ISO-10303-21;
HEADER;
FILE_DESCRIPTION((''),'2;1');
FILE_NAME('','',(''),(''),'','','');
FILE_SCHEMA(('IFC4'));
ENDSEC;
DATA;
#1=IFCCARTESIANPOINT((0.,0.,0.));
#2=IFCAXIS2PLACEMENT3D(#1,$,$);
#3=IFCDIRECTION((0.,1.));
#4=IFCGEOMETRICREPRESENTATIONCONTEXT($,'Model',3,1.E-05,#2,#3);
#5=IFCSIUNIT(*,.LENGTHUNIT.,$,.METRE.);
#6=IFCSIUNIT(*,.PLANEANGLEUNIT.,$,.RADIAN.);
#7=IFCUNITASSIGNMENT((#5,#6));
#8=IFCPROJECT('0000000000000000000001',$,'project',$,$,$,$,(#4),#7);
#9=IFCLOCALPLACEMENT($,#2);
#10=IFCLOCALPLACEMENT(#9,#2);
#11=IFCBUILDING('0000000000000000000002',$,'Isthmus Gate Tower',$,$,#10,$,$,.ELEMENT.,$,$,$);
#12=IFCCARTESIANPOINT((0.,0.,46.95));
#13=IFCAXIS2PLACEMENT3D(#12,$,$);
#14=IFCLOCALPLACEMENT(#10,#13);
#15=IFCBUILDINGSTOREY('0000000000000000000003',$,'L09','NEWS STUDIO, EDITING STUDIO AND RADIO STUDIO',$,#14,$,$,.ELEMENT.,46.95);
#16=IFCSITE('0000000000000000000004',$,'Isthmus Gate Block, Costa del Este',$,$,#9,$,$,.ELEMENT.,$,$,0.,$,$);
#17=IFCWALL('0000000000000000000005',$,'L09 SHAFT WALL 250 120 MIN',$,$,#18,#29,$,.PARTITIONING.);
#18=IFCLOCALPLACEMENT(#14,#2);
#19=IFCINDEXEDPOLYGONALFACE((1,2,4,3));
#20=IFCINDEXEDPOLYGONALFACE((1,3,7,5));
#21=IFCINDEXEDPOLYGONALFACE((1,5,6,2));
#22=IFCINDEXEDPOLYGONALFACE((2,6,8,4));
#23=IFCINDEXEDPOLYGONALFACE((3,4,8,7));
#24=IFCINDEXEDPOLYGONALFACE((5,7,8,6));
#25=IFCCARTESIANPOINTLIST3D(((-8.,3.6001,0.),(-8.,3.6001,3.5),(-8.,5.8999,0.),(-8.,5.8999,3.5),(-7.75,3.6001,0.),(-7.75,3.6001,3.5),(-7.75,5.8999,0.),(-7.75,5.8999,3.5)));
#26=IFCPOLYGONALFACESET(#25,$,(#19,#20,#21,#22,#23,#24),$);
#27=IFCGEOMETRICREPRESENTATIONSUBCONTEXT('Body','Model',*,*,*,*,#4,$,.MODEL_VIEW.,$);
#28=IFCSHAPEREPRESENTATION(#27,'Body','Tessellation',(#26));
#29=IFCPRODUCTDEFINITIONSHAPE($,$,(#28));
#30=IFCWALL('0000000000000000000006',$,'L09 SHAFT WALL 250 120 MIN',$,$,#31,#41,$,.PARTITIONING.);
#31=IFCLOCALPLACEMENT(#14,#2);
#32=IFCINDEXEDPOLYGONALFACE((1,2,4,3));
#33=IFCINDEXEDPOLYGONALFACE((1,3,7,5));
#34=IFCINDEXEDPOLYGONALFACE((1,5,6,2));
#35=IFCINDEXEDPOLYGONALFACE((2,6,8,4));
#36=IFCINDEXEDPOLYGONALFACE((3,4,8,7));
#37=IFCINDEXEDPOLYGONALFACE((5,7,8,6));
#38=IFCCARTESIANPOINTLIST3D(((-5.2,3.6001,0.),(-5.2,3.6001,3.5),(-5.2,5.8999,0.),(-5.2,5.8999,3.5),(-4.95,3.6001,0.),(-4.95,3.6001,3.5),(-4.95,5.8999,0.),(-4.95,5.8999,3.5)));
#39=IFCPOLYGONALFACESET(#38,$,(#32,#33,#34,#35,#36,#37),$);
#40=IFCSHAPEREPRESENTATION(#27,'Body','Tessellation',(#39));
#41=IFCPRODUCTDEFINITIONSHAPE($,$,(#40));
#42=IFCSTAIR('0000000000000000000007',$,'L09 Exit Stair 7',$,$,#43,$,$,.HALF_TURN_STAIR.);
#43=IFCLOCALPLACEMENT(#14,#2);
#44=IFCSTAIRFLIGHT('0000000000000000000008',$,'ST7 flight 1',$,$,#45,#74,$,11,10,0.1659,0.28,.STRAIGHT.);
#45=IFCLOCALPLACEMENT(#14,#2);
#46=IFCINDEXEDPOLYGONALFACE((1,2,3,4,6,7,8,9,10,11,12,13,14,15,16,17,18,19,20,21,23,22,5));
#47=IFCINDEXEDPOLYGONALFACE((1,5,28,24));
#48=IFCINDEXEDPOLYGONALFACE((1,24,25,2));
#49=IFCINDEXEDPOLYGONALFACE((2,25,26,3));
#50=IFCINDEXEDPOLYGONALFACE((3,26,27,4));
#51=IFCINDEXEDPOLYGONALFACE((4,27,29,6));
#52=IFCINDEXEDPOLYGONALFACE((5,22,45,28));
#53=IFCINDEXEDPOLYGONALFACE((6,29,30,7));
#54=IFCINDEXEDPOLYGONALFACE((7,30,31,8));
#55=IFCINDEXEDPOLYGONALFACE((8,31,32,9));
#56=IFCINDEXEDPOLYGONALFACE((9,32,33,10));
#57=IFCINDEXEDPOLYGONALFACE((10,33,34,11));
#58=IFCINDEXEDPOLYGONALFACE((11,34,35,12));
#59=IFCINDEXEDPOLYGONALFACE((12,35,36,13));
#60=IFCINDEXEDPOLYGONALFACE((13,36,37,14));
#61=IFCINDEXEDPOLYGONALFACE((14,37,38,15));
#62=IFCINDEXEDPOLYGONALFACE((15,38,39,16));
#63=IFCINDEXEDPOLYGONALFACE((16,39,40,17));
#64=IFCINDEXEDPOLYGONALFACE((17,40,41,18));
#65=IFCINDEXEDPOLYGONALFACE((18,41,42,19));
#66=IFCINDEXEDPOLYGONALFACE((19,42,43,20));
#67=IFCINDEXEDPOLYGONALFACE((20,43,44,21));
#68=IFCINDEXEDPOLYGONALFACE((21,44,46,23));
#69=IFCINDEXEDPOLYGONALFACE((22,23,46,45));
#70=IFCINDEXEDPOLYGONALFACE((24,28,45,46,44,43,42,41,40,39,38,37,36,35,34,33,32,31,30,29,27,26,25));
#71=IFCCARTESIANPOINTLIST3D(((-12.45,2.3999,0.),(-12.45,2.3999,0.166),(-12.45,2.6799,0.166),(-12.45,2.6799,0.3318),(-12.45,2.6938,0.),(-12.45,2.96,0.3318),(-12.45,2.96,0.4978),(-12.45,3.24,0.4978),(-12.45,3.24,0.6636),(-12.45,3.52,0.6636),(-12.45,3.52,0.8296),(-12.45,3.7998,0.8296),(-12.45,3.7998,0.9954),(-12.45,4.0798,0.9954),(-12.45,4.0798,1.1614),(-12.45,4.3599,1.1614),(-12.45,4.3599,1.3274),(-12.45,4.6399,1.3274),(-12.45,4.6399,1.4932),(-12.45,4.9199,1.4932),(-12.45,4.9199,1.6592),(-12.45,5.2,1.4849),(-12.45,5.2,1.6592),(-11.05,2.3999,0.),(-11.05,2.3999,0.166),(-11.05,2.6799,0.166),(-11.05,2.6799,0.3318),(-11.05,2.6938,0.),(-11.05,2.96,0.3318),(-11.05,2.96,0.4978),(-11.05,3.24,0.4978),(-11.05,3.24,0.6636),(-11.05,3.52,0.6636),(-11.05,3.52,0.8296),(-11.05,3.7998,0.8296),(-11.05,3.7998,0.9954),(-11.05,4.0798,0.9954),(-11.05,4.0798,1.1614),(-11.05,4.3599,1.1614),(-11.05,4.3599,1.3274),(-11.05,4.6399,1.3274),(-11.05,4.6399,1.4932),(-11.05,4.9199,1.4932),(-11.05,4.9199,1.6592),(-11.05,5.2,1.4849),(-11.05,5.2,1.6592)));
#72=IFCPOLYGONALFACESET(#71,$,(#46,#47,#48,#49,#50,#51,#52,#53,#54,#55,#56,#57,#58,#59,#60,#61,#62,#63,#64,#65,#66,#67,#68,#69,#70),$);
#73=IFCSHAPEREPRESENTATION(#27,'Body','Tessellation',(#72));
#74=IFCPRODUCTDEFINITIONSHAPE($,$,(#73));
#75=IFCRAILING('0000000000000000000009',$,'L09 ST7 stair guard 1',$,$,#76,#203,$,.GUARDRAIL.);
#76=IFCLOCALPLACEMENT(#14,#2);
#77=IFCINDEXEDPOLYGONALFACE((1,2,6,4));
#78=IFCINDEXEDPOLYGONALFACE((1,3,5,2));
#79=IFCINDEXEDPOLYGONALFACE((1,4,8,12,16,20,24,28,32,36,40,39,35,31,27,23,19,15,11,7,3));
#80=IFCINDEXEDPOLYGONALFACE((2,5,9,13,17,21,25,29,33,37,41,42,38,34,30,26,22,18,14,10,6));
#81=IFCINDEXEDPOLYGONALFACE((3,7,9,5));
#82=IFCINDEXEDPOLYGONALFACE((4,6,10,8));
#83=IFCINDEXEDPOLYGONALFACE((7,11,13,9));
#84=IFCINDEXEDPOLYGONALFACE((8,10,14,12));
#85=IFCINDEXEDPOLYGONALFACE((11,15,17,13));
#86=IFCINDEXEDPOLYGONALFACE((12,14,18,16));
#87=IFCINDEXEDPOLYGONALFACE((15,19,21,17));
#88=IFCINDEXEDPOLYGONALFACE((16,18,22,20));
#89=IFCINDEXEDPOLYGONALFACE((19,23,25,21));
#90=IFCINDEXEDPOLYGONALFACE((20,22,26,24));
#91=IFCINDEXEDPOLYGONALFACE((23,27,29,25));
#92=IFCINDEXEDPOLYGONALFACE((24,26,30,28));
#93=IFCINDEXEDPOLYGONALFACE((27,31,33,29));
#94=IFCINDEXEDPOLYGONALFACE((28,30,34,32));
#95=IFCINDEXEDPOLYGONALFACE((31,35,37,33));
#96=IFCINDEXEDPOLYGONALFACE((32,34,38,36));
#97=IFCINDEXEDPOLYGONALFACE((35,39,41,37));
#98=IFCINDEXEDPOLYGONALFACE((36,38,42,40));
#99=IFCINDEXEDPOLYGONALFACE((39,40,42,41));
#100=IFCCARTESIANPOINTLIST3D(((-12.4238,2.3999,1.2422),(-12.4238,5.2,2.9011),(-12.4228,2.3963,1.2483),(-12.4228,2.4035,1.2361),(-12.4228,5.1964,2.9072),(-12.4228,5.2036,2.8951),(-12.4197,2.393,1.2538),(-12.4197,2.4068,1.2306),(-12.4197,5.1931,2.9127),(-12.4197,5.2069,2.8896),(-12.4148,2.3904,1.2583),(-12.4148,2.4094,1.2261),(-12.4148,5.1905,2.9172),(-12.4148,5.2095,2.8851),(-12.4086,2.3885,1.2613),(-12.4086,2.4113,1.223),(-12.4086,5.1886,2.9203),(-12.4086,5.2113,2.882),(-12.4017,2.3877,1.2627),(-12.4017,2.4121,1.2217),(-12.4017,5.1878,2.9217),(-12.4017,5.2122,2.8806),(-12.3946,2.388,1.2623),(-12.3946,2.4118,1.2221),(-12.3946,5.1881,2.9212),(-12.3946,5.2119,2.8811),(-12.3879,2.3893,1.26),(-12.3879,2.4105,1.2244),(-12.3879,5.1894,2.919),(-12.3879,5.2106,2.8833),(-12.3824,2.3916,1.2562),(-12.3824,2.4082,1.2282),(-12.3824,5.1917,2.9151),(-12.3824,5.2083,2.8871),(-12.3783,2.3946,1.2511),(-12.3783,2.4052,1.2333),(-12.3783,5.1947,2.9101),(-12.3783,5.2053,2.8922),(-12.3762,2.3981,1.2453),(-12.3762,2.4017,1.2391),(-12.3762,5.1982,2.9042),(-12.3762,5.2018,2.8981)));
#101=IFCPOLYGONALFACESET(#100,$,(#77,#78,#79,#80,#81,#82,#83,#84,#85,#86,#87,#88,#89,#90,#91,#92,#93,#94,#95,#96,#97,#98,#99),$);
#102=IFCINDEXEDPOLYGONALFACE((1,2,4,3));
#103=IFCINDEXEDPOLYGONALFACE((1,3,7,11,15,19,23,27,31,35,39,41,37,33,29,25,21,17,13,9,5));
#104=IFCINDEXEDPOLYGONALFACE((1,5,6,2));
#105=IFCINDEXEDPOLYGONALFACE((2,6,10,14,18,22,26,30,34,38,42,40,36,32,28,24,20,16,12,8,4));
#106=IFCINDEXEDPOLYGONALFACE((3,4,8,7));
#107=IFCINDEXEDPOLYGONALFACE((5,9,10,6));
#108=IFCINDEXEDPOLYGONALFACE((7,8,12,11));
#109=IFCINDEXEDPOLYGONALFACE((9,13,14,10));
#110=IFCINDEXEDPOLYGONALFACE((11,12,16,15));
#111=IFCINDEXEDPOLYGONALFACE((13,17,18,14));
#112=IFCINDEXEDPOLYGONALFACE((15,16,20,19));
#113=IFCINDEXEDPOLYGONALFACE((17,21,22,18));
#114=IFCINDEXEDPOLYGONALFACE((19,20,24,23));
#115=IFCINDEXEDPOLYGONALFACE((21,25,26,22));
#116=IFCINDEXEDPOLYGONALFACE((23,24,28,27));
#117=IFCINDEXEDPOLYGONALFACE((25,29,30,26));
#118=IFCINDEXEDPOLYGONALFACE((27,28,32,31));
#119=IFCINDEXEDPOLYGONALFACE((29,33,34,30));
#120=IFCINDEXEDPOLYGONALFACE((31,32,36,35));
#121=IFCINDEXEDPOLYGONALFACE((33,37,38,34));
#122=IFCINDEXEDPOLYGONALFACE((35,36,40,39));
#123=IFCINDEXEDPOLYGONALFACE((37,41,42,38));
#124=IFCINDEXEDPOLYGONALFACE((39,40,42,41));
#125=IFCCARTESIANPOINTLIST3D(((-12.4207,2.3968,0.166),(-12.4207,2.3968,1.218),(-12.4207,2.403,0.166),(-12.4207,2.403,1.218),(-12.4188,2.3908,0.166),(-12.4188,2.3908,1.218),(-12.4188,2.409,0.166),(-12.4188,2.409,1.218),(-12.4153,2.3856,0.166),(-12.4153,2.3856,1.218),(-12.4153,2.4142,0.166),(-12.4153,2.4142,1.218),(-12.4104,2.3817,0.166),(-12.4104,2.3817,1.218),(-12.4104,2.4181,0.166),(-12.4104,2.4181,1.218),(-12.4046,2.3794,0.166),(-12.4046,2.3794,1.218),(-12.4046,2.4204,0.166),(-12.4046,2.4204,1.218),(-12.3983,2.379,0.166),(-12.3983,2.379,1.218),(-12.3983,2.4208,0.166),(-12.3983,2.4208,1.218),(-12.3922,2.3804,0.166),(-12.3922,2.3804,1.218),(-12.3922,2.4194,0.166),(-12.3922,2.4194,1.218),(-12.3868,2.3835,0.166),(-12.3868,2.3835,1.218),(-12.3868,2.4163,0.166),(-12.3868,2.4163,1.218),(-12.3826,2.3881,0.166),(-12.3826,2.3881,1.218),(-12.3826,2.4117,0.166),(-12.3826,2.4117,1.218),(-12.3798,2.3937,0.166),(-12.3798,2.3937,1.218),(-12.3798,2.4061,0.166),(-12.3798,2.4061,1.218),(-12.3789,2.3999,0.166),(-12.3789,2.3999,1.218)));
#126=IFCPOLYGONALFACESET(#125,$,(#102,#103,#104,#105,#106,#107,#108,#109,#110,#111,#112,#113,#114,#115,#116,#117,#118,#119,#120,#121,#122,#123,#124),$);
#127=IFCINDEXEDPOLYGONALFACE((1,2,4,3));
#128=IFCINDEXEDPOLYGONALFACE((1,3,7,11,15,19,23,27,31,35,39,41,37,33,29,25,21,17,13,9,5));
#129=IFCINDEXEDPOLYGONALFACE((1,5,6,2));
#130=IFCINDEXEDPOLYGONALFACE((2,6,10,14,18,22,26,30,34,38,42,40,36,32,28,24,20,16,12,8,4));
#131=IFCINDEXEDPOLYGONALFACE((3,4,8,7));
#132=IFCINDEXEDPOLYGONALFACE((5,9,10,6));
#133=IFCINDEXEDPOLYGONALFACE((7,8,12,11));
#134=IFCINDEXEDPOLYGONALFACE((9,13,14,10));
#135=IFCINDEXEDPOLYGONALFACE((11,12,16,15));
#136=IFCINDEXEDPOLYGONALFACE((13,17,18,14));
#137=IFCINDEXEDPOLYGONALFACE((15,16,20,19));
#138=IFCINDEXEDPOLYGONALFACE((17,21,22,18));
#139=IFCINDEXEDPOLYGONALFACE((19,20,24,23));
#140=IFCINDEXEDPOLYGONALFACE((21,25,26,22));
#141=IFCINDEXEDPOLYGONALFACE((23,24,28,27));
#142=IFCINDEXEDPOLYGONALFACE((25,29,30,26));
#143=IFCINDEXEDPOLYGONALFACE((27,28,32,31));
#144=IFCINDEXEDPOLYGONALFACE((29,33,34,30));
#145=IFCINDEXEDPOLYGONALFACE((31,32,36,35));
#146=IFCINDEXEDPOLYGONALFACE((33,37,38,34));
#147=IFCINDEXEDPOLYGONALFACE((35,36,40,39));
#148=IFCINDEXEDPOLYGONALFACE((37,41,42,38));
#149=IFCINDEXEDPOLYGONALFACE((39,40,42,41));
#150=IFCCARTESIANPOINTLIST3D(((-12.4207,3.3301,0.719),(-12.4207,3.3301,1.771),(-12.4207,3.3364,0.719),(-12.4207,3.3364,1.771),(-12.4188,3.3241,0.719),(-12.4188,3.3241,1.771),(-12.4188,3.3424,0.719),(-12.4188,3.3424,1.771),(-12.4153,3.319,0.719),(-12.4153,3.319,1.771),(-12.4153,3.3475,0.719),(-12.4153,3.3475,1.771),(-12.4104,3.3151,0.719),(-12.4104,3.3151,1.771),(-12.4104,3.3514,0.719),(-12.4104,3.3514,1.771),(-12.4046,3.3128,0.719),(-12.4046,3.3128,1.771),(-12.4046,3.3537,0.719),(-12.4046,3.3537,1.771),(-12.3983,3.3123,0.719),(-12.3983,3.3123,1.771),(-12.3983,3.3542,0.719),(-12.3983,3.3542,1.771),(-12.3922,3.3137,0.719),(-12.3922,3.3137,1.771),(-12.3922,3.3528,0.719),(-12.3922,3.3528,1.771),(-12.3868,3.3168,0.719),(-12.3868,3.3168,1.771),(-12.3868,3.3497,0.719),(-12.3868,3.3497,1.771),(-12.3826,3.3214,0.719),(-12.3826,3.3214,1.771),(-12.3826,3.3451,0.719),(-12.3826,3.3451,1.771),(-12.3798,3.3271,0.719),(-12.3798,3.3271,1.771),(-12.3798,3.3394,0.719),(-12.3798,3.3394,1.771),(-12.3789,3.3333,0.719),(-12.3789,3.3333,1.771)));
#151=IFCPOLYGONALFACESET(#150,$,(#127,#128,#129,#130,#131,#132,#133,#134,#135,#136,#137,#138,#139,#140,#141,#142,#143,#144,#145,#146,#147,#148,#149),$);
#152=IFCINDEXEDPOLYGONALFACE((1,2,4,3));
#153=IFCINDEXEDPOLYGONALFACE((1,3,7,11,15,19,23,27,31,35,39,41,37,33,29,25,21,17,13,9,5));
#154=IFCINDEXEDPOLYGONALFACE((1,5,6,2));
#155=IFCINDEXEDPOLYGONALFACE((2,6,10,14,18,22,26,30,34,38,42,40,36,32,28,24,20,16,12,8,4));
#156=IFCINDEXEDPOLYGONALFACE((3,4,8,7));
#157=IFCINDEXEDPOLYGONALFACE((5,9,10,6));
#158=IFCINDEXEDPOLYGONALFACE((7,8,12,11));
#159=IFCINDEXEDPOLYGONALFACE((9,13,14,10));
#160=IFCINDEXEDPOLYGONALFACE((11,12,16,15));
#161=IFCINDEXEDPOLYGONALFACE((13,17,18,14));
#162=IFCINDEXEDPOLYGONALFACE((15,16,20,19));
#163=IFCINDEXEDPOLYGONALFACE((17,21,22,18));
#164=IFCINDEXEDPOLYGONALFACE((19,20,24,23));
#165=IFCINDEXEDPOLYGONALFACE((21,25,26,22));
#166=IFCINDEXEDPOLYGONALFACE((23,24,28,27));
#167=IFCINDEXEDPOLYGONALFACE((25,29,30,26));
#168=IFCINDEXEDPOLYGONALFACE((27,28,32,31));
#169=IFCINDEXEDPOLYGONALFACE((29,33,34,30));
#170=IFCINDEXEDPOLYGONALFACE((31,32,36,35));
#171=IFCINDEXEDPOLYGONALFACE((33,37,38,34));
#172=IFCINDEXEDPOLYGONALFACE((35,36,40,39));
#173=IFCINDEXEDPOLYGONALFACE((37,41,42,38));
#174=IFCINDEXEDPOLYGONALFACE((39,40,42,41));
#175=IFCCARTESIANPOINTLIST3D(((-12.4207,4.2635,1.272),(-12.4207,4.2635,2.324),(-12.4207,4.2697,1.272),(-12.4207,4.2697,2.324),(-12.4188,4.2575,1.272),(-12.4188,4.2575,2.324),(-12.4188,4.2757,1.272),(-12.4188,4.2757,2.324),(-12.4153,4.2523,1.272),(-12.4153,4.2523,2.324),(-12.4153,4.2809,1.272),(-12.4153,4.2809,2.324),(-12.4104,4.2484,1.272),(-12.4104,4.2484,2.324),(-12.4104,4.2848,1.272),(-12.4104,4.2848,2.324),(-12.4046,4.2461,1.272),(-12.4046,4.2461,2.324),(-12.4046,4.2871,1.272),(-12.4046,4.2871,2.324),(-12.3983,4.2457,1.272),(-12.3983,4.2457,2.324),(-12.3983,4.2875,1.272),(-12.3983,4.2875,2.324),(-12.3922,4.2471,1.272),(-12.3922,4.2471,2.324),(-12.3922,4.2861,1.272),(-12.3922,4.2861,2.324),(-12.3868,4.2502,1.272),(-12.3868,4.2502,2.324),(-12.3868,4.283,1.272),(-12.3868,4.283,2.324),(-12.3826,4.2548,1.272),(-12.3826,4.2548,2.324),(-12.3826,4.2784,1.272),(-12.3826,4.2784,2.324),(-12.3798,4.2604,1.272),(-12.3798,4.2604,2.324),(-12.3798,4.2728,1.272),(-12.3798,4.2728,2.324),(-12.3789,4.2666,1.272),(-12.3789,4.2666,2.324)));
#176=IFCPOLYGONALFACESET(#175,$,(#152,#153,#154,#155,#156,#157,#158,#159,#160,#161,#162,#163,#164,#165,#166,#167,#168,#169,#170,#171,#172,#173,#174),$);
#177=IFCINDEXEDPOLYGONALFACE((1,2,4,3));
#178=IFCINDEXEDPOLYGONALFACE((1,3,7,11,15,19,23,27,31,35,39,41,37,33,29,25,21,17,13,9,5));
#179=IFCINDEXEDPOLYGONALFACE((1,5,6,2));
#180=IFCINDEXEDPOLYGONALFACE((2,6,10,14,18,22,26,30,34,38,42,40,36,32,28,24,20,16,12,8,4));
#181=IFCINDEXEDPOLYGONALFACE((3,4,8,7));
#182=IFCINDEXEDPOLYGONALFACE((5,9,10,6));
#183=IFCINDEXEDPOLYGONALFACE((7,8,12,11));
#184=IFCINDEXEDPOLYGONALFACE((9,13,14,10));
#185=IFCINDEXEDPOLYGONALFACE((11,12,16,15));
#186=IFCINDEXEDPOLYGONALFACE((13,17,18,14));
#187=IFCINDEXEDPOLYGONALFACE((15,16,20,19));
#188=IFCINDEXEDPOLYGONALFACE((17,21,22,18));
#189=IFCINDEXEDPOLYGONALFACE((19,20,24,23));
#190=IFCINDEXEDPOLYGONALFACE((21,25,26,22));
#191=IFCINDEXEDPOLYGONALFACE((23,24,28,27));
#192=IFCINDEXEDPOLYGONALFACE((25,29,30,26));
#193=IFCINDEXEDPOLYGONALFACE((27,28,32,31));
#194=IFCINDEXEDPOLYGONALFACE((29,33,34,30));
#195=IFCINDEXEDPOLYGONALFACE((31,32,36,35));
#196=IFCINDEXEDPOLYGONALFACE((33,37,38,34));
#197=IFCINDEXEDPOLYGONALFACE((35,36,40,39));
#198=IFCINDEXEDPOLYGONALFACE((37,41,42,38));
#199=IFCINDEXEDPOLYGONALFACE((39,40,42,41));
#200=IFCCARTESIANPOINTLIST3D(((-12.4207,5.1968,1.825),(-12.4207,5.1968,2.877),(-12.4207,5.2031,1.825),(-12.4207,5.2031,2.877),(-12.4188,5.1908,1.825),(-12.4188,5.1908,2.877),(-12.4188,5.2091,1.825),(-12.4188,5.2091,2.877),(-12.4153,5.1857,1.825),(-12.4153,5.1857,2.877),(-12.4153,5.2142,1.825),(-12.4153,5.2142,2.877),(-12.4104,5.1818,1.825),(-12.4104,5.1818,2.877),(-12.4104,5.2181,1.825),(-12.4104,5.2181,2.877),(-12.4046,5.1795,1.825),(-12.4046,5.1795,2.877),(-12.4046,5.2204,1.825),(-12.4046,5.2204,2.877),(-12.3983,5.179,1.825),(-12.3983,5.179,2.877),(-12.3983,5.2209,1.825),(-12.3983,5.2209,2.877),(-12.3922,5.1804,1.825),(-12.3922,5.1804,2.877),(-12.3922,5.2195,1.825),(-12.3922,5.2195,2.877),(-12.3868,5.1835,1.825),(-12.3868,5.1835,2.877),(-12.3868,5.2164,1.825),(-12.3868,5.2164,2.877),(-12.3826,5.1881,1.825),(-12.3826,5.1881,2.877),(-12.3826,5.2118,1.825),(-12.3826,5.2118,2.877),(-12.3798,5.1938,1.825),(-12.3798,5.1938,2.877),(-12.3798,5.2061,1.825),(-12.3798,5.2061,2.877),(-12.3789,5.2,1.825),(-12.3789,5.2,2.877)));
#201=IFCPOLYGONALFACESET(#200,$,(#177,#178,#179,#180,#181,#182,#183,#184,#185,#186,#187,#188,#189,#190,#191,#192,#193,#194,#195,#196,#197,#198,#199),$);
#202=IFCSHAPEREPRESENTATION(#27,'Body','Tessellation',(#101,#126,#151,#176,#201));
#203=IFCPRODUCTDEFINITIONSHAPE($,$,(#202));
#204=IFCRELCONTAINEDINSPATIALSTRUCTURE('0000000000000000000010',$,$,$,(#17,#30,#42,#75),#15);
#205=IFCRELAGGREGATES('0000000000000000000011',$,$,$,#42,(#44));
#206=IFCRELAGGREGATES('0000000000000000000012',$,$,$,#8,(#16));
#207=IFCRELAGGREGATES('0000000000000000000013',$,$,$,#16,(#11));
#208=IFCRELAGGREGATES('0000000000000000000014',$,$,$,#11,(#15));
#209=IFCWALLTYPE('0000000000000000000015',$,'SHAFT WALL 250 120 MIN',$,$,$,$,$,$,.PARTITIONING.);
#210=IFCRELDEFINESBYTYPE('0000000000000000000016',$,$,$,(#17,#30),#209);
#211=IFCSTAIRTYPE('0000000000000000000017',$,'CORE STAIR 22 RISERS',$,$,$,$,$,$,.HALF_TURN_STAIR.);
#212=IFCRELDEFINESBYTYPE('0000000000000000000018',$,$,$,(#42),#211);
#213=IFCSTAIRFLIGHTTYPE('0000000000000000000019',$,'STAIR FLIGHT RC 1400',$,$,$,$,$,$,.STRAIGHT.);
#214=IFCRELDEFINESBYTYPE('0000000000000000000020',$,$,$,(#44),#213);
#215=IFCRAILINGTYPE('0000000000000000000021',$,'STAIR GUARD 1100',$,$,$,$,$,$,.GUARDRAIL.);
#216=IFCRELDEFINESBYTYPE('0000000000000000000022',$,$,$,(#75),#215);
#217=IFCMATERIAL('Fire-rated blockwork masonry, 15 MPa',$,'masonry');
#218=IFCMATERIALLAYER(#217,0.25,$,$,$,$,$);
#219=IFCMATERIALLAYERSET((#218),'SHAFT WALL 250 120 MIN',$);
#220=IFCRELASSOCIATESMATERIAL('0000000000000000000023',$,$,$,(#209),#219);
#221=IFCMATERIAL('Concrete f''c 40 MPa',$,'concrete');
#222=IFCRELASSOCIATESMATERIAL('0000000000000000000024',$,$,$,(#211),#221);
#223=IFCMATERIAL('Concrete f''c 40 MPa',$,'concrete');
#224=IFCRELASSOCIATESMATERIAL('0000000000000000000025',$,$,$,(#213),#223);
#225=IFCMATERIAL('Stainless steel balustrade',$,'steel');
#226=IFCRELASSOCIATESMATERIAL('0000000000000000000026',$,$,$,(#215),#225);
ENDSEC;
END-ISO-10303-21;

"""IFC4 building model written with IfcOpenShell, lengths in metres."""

from ifc_helpers import new_model, si_unit, direction, frame, frame_2d, origin, origin_2d, place, context, subcontext, project, spatial, polyline, rectangle, circle, outline, extrude, material, layer, layer_set, type_object, element, aggregate, save


model = new_model("IFC4")

# Units and contexts
model_context = context("Model", 3, precision=1e-05, world=origin(), true_north=direction((0.0, 1.0)))
body_context = subcontext(model_context, "Body", "Model", "MODEL_VIEW")
ifc_project = project(units=[si_unit("LENGTHUNIT", "METRE"), si_unit("PLANEANGLEUNIT", "RADIAN")], contexts=[model_context])

# Site, building, storey
site_placement = place(None, origin())
site = spatial("IfcSite", under=ifc_project, at=site_placement, Name="Isthmus Gate Block, Costa del Este", CompositionType="ELEMENT", RefElevation=0.0)
building_placement = place(site_placement, origin())
building = spatial("IfcBuilding", under=site, at=building_placement, Name="Isthmus Gate Tower", CompositionType="ELEMENT")
storey_placement = place(building_placement, frame((0.0, 0.0, 46.95)))
storey = spatial("IfcBuildingStorey", under=building, at=storey_placement, Name="L09", Description="NEWS STUDIO, EDITING STUDIO AND RADIO STUDIO", CompositionType="ELEMENT", Elevation=46.95)

# Walls
ifc_material_1 = material(Name="Fire-rated blockwork masonry, 15 MPa", Category="masonry")
ifc_layer_1 = layer(ifc_material_1, 0.25)
ifc_layer_set_1 = layer_set([ifc_layer_1], Name="SHAFT WALL 250 120 MIN")
wall_type_1 = type_object("IfcWallType", Name="SHAFT WALL 250 120 MIN", PredefinedType="PARTITIONING", material=ifc_layer_set_1)
for number, where, z_axis, x_axis, name in (
    (1, (-7.875, 3.6001, 0.0), (0.0, 0.0, 1.0), (0.0, 1.0, 0.0), "L09 SHAFT WALL 250 120 MIN"),
    (2, (-5.075, 3.6001, 0.0), (0.0, 0.0, 1.0), (0.0, 1.0, 0.0), "L09 SHAFT WALL 250 120 MIN"),
):
    element("IfcWall", number, at=place(storey_placement, frame(where, z_axis=z_axis, x_axis=x_axis)), inside=storey, type_object=wall_type_1, Name=name, PredefinedType="PARTITIONING", context=body_context, shape_type="SweptSolid", body=[
        extrude(rectangle(XDim=2.2998, YDim=0.25, at=frame_2d((1.1499, 0.0))), origin(), (0.0, 0.0, 1.0), 3.5),
    ])

# Stair, stair flight
ifc_material_2 = material(Name="Concrete f'c 40 MPa", Category="concrete")
stair_type = type_object("IfcStairType", Name="CORE STAIR 22 RISERS", PredefinedType="HALF_TURN_STAIR", material=ifc_material_2)
stair_placement = place(storey_placement, origin())
stair = element("IfcStair", 3, at=stair_placement, inside=storey, type_object=stair_type, Name="L09 Exit Stair 7", PredefinedType="HALF_TURN_STAIR")
ifc_material_3 = material(Name="Concrete f'c 40 MPa", Category="concrete")
stair_flight_type = type_object("IfcStairFlightType", Name="STAIR FLIGHT RC 1400", PredefinedType="STRAIGHT", material=ifc_material_3)
stair_flight_placement = place(storey_placement, frame((-11.75, 2.3999, 0.0), z_axis=(0.0, 0.0, 1.0), x_axis=(0.0, 1.0, 0.0)))
stair_flight = element("IfcStairFlight", 4, at=stair_flight_placement, type_object=stair_flight_type, Name="ST7 flight 1", NumberOfRisers=11, NumberOfTreads=10, PredefinedType="STRAIGHT", RiserHeight=0.1659, TreadLength=0.28, context=body_context, shape_type="SweptSolid", body=[
    extrude(outline(polyline([(0.0, 0.0), (0.0, 0.166), (0.28, 0.166), (0.28, 0.3318), (0.5601, 0.3318), (0.5601, 0.4978), (0.8401, 0.4978), (0.8401, 0.6636), (1.1201, 0.6636), (1.1201, 0.8296), (1.3999, 0.8296), (1.3999, 0.9954), (1.6799, 0.9954), (1.6799, 1.1614), (1.96, 1.1614), (1.96, 1.3274), (2.24, 1.3274), (2.24, 1.4932), (2.52, 1.4932), (2.52, 1.6592), (2.8, 1.6592), (2.8, 1.825), (2.8, 1.4849), (0.2939, 0.0), (0.0, 0.0)])), frame((0.0, 0.7, 0.0), z_axis=(0.0, -1.0, 0.0), x_axis=(1.0, 0.0, 0.0)), (0.0, 0.0, 1.0), 1.3999),
])
aggregate(stair, [stair_flight])

# Railing
ifc_material_4 = material(Name="Stainless steel balustrade", Category="steel")
railing_type_1 = type_object("IfcRailingType", Name="STAIR GUARD 1100", PredefinedType="GUARDRAIL", material=ifc_material_4)
railing_1_placement = place(storey_placement, frame((-12.3999, 2.3999, 0.166)))
element("IfcRailing", 5, at=railing_1_placement, inside=storey, type_object=railing_type_1, Name="L09 ST7 stair guard 1", PredefinedType="GUARDRAIL", context=body_context, shape_type="SweptSolid", body=[
    extrude(circle(Radius=0.0239, at=origin_2d()), frame((0.0, 0.0, 1.0762), z_axis=(0.0, 0.860339, 0.509722), x_axis=(-1.0, 0.0, 0.0)), (0.0, 0.0, 1.0), 3.2546),
    extrude(circle(Radius=0.021, at=origin_2d()), origin(), (0.0, 0.0, 1.0), 1.052),
    extrude(circle(Radius=0.021, at=origin_2d()), frame((0.0, 0.9333, 0.553)), (0.0, 0.0, 1.0), 1.052),
    extrude(circle(Radius=0.021, at=origin_2d()), frame((0.0, 1.8667, 1.106)), (0.0, 0.0, 1.0), 1.052),
    extrude(circle(Radius=0.021, at=origin_2d()), frame((0.0, 2.8, 1.6589)), (0.0, 0.0, 1.0), 1.052),
])

save(model, "model.ifc")
